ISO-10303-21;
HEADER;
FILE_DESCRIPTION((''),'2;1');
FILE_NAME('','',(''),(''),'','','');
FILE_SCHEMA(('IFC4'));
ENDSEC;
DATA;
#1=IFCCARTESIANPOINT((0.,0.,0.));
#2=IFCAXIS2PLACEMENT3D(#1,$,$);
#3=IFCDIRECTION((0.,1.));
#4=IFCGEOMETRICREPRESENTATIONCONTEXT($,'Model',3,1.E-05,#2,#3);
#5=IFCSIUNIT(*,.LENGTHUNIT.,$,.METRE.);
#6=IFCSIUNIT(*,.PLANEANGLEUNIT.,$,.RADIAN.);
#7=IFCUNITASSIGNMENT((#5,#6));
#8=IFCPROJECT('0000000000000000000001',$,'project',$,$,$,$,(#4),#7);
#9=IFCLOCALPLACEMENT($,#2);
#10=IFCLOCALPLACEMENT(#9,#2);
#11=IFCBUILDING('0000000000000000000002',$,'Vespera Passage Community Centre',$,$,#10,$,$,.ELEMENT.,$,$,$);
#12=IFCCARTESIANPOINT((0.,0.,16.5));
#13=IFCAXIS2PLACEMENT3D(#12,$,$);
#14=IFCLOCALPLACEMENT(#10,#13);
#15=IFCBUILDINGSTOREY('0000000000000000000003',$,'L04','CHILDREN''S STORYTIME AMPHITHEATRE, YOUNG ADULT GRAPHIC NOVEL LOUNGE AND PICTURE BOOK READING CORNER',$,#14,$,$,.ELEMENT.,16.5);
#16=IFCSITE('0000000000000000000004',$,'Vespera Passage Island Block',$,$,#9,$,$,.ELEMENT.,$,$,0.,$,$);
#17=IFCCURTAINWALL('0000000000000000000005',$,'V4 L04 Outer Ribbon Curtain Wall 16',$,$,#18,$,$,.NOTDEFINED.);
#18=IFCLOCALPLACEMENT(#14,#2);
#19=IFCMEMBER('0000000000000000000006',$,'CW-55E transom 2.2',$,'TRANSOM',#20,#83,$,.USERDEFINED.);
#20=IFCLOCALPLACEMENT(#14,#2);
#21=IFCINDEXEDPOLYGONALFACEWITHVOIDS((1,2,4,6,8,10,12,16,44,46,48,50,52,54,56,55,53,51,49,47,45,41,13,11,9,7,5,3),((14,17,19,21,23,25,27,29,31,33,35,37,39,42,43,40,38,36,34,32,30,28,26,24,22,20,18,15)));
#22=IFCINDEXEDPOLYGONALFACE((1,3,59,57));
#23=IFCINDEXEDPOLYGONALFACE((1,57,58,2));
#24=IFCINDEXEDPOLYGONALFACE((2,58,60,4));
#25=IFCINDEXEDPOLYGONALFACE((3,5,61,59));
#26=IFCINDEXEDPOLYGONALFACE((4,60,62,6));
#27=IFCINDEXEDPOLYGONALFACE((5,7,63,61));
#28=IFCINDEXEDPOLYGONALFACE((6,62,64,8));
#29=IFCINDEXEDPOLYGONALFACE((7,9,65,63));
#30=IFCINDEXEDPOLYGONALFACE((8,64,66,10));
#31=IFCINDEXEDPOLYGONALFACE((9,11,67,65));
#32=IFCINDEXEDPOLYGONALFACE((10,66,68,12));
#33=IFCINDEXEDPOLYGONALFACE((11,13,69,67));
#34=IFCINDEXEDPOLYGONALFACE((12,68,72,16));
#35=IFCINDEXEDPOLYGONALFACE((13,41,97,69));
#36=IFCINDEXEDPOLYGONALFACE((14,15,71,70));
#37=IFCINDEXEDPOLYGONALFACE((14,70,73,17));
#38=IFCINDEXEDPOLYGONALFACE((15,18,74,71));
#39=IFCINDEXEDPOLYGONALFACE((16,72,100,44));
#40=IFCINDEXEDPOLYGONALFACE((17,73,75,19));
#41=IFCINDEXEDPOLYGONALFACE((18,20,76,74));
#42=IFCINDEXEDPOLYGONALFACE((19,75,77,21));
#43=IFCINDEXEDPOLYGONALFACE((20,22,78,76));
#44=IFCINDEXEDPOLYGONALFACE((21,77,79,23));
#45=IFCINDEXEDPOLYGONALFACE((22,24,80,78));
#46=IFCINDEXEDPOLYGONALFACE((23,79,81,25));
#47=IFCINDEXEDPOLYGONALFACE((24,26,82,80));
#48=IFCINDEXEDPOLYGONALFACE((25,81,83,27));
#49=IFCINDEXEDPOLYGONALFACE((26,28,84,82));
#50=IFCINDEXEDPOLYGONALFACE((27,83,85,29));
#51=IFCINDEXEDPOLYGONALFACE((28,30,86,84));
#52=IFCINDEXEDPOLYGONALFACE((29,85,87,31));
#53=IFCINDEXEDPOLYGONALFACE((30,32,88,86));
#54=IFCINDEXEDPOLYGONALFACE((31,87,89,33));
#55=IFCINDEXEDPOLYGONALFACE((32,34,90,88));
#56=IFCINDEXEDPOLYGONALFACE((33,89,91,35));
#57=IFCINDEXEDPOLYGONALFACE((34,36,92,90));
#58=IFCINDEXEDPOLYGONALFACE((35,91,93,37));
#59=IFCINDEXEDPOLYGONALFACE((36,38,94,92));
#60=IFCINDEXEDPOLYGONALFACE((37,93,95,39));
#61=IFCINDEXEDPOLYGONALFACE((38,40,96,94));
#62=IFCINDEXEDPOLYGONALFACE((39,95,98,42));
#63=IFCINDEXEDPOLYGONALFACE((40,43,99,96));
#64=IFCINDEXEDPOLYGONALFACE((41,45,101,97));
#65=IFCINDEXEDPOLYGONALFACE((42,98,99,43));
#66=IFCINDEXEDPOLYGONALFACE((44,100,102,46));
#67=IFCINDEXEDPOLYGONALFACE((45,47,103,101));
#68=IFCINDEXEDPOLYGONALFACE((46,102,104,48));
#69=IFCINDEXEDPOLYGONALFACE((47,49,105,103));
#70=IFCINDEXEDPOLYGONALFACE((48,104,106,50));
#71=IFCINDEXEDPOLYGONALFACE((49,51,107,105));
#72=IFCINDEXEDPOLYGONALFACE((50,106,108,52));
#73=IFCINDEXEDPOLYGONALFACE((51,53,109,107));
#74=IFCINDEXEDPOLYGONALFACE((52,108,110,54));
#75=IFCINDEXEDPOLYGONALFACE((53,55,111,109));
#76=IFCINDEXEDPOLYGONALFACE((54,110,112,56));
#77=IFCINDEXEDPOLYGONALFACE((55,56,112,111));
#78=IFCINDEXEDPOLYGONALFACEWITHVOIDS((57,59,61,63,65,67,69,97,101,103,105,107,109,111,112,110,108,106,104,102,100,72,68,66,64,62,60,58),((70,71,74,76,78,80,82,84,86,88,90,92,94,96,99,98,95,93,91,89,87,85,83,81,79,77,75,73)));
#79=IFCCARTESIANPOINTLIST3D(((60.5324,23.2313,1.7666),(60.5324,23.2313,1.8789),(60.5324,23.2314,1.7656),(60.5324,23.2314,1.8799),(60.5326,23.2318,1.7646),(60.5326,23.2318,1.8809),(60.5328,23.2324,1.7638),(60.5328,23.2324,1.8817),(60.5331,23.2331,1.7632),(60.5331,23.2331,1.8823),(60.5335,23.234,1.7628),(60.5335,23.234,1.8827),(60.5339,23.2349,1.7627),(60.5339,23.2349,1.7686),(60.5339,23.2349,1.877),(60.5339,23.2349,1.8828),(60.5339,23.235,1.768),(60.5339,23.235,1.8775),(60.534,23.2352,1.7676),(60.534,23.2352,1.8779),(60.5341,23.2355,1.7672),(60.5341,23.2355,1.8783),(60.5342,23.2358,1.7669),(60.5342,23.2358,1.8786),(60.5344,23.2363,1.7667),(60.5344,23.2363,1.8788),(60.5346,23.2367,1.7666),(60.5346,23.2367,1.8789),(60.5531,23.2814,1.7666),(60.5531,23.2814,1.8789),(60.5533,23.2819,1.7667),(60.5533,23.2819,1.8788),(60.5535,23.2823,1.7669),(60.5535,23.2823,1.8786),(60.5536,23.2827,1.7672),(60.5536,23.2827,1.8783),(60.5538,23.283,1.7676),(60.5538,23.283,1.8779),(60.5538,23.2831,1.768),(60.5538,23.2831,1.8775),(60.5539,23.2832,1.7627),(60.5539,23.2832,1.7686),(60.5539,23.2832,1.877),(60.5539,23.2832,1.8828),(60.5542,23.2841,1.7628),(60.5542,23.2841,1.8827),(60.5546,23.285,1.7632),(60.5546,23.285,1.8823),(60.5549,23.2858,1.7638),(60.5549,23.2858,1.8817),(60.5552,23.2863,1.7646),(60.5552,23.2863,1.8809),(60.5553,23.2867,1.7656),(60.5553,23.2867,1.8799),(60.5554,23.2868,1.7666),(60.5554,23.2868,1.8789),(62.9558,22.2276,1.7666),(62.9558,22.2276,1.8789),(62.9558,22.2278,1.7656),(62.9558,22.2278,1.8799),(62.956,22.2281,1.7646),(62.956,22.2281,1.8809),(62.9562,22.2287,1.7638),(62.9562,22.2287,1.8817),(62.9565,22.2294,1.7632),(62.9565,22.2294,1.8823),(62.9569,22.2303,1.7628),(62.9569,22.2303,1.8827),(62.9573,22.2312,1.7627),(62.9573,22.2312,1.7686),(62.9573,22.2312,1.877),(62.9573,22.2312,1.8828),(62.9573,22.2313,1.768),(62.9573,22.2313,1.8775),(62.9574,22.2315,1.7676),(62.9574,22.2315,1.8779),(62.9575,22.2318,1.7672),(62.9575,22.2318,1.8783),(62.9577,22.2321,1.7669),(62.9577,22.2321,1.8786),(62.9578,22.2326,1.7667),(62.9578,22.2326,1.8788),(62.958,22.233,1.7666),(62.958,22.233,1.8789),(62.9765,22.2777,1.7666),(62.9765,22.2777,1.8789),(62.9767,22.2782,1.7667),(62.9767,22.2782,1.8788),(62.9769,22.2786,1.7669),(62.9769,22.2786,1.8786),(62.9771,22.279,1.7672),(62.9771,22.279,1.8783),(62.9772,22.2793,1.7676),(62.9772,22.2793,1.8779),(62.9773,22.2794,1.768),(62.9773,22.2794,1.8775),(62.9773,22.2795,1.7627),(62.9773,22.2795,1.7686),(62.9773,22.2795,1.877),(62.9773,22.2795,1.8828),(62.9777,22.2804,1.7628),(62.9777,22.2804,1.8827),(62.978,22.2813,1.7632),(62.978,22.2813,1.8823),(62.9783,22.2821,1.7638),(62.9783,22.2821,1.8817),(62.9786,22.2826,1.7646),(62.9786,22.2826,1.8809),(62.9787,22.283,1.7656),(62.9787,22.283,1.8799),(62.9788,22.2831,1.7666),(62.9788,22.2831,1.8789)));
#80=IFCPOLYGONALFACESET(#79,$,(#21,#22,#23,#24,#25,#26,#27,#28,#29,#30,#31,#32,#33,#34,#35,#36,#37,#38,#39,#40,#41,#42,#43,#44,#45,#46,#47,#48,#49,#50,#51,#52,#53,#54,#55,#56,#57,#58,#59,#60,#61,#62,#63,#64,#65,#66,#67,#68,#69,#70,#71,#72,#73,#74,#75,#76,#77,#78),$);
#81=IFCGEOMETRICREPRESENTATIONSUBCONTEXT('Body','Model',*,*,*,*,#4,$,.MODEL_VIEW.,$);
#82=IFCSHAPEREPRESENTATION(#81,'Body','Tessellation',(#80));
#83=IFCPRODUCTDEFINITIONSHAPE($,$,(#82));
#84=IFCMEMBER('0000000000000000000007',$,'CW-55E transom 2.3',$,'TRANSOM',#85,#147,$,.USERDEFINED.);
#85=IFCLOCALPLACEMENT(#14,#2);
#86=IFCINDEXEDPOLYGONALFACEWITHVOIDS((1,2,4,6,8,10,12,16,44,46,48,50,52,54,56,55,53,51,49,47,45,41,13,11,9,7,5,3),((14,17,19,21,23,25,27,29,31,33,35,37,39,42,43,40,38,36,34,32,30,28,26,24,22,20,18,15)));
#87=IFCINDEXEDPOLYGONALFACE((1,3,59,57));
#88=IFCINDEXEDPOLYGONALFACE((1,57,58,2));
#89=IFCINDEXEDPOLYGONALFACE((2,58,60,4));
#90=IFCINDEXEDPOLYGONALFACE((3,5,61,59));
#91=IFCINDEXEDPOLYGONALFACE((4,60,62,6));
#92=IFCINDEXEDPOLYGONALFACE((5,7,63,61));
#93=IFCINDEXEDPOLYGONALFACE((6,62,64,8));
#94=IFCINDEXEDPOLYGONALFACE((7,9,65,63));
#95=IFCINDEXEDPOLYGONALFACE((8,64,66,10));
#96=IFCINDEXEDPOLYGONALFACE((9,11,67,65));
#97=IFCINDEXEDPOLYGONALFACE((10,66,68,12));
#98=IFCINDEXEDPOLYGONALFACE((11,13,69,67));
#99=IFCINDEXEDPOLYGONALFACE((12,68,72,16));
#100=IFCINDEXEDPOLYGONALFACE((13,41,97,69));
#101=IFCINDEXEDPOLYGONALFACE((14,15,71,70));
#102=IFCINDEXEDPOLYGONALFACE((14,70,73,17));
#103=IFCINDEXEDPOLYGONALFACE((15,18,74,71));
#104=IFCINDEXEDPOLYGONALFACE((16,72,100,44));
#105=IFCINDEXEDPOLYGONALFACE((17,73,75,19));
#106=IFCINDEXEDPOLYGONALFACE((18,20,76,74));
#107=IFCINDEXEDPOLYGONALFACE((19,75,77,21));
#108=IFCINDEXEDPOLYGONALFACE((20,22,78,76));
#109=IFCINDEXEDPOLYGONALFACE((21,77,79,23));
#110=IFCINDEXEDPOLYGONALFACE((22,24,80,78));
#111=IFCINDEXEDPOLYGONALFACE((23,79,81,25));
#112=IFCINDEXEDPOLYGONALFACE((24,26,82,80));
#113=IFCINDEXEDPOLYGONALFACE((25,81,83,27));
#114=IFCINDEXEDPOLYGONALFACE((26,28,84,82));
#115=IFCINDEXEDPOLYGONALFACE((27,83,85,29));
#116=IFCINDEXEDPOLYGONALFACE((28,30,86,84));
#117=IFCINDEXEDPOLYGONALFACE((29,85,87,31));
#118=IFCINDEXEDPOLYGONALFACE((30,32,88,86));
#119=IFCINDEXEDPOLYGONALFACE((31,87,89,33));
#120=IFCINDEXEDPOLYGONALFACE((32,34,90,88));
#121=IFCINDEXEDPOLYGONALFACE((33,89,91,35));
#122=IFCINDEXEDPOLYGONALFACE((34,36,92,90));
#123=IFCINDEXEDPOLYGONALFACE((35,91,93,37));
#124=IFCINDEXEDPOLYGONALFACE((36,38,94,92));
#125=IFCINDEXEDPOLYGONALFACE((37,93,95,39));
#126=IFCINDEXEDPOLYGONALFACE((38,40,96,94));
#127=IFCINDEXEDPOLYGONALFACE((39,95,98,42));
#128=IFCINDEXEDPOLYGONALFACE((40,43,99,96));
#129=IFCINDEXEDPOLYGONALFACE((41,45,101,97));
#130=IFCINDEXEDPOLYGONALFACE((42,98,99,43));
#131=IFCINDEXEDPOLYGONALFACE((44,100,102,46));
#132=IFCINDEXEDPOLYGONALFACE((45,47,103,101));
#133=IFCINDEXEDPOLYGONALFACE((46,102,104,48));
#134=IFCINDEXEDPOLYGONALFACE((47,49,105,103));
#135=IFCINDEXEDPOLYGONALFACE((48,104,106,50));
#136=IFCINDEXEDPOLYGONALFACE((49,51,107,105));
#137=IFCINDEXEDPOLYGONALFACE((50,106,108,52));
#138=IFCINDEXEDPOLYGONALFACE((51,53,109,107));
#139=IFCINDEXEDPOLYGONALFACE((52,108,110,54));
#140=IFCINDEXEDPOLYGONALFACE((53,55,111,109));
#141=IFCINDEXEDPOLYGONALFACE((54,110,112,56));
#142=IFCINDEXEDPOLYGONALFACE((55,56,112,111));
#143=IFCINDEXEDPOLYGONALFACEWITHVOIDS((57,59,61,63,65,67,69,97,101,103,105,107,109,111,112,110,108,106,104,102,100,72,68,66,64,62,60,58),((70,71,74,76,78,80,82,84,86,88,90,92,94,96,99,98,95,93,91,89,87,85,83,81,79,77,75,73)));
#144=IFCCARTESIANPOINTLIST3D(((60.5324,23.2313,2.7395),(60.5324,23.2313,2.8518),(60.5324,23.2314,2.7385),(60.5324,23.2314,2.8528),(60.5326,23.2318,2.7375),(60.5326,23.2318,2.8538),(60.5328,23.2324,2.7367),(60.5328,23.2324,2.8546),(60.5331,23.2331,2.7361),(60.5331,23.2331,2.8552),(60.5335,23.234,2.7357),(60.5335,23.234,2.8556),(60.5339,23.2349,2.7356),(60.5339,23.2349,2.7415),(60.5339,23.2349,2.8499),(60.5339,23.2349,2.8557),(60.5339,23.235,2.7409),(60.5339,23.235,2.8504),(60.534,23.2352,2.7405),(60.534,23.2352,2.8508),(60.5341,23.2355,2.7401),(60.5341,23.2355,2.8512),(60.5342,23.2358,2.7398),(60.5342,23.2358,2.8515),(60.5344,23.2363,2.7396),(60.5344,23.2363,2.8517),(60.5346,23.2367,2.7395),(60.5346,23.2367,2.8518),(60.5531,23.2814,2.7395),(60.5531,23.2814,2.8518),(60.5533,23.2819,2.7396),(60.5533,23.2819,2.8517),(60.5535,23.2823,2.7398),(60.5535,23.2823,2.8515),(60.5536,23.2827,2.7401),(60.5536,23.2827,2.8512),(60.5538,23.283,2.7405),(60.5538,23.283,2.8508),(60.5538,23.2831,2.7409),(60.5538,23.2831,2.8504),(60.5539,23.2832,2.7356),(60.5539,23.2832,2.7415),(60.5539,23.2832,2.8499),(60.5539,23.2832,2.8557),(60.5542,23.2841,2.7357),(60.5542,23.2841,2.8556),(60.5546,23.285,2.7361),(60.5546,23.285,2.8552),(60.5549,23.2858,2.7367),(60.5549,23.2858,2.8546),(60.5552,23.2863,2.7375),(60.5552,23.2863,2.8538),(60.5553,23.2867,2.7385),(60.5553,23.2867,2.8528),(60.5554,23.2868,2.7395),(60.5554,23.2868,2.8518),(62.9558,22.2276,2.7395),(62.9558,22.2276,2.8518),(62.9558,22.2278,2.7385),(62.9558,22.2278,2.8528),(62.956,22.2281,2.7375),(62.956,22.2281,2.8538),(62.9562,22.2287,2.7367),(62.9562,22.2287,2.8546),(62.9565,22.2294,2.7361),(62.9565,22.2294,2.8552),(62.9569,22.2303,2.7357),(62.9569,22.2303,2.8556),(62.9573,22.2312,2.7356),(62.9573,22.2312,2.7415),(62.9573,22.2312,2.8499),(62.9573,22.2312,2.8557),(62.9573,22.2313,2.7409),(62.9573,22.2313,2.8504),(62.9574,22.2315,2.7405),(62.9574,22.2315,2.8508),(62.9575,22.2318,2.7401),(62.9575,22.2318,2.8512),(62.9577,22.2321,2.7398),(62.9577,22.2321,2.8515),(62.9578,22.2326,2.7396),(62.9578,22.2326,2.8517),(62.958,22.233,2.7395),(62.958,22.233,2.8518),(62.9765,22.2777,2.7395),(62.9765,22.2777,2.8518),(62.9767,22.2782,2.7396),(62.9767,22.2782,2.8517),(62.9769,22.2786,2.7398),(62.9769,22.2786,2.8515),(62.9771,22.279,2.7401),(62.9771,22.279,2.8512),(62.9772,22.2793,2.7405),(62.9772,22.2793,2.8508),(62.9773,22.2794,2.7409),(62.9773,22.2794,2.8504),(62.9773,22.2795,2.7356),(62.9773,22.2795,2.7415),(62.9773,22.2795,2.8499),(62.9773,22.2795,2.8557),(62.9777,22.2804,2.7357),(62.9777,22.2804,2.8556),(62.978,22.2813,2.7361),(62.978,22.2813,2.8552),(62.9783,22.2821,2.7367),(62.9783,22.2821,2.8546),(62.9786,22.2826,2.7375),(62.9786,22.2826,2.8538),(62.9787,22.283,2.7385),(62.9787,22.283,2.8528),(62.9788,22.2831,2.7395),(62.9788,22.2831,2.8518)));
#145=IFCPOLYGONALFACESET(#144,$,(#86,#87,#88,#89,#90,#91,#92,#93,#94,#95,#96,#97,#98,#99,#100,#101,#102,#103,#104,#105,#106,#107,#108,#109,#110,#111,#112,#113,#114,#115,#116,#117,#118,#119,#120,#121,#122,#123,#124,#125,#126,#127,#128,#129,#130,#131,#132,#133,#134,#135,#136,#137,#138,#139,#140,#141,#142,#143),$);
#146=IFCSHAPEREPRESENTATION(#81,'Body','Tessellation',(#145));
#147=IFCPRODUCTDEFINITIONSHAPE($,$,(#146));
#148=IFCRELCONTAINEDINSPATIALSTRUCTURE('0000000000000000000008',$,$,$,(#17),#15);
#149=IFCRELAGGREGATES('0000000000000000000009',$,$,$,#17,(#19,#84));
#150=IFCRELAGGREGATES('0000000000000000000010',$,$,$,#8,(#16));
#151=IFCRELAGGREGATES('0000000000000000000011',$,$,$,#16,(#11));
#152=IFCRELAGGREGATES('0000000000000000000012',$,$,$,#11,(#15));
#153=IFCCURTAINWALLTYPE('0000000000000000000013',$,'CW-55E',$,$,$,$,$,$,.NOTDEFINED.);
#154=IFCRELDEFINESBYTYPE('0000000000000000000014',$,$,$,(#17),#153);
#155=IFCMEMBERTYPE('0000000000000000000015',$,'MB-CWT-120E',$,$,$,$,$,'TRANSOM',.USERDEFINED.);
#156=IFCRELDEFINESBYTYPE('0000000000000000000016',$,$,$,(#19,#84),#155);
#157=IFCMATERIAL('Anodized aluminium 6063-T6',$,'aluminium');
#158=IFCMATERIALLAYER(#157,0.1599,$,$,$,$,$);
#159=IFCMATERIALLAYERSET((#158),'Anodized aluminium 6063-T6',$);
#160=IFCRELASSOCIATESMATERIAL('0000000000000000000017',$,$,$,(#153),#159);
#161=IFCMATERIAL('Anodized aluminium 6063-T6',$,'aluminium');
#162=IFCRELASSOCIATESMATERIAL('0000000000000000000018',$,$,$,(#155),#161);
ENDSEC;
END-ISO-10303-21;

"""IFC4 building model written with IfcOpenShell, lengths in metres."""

from ifc_helpers import new_model, si_unit, direction, frame, origin, origin_2d, place, context, subcontext, project, spatial, hollow_rectangle, extrude, material, layer, layer_set, material_profile, profile_set, type_object, element, aggregate, save


model = new_model("IFC4")

# Units and contexts
model_context = context("Model", 3, precision=1e-05, world=origin(), true_north=direction((0.0, 1.0)))
body_context = subcontext(model_context, "Body", "Model", "MODEL_VIEW")
ifc_project = project(units=[si_unit("LENGTHUNIT", "METRE"), si_unit("PLANEANGLEUNIT", "RADIAN")], contexts=[model_context])

# Site, building, storey
site_placement = place(None, origin())
site = spatial("IfcSite", under=ifc_project, at=site_placement, Name="Vespera Passage Island Block", CompositionType="ELEMENT", RefElevation=0.0)
building_placement = place(site_placement, origin())
building = spatial("IfcBuilding", under=site, at=building_placement, Name="Vespera Passage Community Centre", CompositionType="ELEMENT")
storey_placement = place(building_placement, frame((0.0, 0.0, 16.5)))
storey = spatial("IfcBuildingStorey", under=building, at=storey_placement, Name="L04", Description="CHILDREN'S STORYTIME AMPHITHEATRE, YOUNG ADULT GRAPHIC NOVEL LOUNGE AND PICTURE BOOK READING CORNER", CompositionType="ELEMENT", Elevation=16.5)

# Curtain wall, members
ifc_material_1 = material(Name="Anodized aluminium 6063-T6", Category="aluminium")
ifc_layer_1 = layer(ifc_material_1, 0.1599)
ifc_layer_set_1 = layer_set([ifc_layer_1], Name="Anodized aluminium 6063-T6")
curtain_wall_type = type_object("IfcCurtainWallType", Name="CW-55E", PredefinedType="NOTDEFINED", material=ifc_layer_set_1)
curtain_wall_placement = place(storey_placement, origin())
curtain_wall = element("IfcCurtainWall", 1, at=curtain_wall_placement, inside=storey, type_object=curtain_wall_type, Name="V4 L04 Outer Ribbon Curtain Wall 16", PredefinedType="NOTDEFINED")
ifc_material_2 = material(Name="Anodized aluminium 6063-T6", Category="aluminium")
ifc_material_profile_1 = material_profile(ifc_material_2, hollow_rectangle(XDim=0.0601, YDim=0.1201, WallThickness=0.0039, InnerFilletRadius=0.002, OuterFilletRadius=0.0039, at=origin_2d()), Name="ALU120X60X4")
ifc_profile_set_1 = profile_set([ifc_material_profile_1], Name="Anodized aluminium 6063-T6")
member_type_1 = type_object("IfcMemberType", Name="MB-CWT-120E", ElementType="TRANSOM", PredefinedType="USERDEFINED", material=ifc_profile_set_1)
member_1_placement = place(storey_placement, frame((62.9673, 22.2554, 1.8228), z_axis=(-0.923895, 0.382645, 0.0), x_axis=(-0.382645, -0.923895, 0.0)))
member_1 = element("IfcMember", 2, at=member_1_placement, type_object=member_type_1, Name="CW-55E transom 2.2", ObjectType="TRANSOM", PredefinedType="USERDEFINED", context=body_context, shape_type="SweptSolid", body=[
    extrude(hollow_rectangle(XDim=0.0601, YDim=0.1201, WallThickness=0.0039, InnerFilletRadius=0.002, OuterFilletRadius=0.0039, at=origin_2d()), origin(), (0.0, 0.0, 1.0), 2.623),
])
member_2_placement = place(storey_placement, frame((62.9673, 22.2554, 2.7957), z_axis=(-0.923895, 0.382645, 0.0), x_axis=(-0.382645, -0.923895, 0.0)))
member_2 = element("IfcMember", 3, at=member_2_placement, type_object=member_type_1, Name="CW-55E transom 2.3", ObjectType="TRANSOM", PredefinedType="USERDEFINED", context=body_context, shape_type="SweptSolid", body=[
    extrude(hollow_rectangle(XDim=0.0601, YDim=0.1201, WallThickness=0.0039, InnerFilletRadius=0.002, OuterFilletRadius=0.0039, at=origin_2d()), origin(), (0.0, 0.0, 1.0), 2.623),
])
aggregate(curtain_wall, [member_1, member_2])

save(model, "model.ifc")
